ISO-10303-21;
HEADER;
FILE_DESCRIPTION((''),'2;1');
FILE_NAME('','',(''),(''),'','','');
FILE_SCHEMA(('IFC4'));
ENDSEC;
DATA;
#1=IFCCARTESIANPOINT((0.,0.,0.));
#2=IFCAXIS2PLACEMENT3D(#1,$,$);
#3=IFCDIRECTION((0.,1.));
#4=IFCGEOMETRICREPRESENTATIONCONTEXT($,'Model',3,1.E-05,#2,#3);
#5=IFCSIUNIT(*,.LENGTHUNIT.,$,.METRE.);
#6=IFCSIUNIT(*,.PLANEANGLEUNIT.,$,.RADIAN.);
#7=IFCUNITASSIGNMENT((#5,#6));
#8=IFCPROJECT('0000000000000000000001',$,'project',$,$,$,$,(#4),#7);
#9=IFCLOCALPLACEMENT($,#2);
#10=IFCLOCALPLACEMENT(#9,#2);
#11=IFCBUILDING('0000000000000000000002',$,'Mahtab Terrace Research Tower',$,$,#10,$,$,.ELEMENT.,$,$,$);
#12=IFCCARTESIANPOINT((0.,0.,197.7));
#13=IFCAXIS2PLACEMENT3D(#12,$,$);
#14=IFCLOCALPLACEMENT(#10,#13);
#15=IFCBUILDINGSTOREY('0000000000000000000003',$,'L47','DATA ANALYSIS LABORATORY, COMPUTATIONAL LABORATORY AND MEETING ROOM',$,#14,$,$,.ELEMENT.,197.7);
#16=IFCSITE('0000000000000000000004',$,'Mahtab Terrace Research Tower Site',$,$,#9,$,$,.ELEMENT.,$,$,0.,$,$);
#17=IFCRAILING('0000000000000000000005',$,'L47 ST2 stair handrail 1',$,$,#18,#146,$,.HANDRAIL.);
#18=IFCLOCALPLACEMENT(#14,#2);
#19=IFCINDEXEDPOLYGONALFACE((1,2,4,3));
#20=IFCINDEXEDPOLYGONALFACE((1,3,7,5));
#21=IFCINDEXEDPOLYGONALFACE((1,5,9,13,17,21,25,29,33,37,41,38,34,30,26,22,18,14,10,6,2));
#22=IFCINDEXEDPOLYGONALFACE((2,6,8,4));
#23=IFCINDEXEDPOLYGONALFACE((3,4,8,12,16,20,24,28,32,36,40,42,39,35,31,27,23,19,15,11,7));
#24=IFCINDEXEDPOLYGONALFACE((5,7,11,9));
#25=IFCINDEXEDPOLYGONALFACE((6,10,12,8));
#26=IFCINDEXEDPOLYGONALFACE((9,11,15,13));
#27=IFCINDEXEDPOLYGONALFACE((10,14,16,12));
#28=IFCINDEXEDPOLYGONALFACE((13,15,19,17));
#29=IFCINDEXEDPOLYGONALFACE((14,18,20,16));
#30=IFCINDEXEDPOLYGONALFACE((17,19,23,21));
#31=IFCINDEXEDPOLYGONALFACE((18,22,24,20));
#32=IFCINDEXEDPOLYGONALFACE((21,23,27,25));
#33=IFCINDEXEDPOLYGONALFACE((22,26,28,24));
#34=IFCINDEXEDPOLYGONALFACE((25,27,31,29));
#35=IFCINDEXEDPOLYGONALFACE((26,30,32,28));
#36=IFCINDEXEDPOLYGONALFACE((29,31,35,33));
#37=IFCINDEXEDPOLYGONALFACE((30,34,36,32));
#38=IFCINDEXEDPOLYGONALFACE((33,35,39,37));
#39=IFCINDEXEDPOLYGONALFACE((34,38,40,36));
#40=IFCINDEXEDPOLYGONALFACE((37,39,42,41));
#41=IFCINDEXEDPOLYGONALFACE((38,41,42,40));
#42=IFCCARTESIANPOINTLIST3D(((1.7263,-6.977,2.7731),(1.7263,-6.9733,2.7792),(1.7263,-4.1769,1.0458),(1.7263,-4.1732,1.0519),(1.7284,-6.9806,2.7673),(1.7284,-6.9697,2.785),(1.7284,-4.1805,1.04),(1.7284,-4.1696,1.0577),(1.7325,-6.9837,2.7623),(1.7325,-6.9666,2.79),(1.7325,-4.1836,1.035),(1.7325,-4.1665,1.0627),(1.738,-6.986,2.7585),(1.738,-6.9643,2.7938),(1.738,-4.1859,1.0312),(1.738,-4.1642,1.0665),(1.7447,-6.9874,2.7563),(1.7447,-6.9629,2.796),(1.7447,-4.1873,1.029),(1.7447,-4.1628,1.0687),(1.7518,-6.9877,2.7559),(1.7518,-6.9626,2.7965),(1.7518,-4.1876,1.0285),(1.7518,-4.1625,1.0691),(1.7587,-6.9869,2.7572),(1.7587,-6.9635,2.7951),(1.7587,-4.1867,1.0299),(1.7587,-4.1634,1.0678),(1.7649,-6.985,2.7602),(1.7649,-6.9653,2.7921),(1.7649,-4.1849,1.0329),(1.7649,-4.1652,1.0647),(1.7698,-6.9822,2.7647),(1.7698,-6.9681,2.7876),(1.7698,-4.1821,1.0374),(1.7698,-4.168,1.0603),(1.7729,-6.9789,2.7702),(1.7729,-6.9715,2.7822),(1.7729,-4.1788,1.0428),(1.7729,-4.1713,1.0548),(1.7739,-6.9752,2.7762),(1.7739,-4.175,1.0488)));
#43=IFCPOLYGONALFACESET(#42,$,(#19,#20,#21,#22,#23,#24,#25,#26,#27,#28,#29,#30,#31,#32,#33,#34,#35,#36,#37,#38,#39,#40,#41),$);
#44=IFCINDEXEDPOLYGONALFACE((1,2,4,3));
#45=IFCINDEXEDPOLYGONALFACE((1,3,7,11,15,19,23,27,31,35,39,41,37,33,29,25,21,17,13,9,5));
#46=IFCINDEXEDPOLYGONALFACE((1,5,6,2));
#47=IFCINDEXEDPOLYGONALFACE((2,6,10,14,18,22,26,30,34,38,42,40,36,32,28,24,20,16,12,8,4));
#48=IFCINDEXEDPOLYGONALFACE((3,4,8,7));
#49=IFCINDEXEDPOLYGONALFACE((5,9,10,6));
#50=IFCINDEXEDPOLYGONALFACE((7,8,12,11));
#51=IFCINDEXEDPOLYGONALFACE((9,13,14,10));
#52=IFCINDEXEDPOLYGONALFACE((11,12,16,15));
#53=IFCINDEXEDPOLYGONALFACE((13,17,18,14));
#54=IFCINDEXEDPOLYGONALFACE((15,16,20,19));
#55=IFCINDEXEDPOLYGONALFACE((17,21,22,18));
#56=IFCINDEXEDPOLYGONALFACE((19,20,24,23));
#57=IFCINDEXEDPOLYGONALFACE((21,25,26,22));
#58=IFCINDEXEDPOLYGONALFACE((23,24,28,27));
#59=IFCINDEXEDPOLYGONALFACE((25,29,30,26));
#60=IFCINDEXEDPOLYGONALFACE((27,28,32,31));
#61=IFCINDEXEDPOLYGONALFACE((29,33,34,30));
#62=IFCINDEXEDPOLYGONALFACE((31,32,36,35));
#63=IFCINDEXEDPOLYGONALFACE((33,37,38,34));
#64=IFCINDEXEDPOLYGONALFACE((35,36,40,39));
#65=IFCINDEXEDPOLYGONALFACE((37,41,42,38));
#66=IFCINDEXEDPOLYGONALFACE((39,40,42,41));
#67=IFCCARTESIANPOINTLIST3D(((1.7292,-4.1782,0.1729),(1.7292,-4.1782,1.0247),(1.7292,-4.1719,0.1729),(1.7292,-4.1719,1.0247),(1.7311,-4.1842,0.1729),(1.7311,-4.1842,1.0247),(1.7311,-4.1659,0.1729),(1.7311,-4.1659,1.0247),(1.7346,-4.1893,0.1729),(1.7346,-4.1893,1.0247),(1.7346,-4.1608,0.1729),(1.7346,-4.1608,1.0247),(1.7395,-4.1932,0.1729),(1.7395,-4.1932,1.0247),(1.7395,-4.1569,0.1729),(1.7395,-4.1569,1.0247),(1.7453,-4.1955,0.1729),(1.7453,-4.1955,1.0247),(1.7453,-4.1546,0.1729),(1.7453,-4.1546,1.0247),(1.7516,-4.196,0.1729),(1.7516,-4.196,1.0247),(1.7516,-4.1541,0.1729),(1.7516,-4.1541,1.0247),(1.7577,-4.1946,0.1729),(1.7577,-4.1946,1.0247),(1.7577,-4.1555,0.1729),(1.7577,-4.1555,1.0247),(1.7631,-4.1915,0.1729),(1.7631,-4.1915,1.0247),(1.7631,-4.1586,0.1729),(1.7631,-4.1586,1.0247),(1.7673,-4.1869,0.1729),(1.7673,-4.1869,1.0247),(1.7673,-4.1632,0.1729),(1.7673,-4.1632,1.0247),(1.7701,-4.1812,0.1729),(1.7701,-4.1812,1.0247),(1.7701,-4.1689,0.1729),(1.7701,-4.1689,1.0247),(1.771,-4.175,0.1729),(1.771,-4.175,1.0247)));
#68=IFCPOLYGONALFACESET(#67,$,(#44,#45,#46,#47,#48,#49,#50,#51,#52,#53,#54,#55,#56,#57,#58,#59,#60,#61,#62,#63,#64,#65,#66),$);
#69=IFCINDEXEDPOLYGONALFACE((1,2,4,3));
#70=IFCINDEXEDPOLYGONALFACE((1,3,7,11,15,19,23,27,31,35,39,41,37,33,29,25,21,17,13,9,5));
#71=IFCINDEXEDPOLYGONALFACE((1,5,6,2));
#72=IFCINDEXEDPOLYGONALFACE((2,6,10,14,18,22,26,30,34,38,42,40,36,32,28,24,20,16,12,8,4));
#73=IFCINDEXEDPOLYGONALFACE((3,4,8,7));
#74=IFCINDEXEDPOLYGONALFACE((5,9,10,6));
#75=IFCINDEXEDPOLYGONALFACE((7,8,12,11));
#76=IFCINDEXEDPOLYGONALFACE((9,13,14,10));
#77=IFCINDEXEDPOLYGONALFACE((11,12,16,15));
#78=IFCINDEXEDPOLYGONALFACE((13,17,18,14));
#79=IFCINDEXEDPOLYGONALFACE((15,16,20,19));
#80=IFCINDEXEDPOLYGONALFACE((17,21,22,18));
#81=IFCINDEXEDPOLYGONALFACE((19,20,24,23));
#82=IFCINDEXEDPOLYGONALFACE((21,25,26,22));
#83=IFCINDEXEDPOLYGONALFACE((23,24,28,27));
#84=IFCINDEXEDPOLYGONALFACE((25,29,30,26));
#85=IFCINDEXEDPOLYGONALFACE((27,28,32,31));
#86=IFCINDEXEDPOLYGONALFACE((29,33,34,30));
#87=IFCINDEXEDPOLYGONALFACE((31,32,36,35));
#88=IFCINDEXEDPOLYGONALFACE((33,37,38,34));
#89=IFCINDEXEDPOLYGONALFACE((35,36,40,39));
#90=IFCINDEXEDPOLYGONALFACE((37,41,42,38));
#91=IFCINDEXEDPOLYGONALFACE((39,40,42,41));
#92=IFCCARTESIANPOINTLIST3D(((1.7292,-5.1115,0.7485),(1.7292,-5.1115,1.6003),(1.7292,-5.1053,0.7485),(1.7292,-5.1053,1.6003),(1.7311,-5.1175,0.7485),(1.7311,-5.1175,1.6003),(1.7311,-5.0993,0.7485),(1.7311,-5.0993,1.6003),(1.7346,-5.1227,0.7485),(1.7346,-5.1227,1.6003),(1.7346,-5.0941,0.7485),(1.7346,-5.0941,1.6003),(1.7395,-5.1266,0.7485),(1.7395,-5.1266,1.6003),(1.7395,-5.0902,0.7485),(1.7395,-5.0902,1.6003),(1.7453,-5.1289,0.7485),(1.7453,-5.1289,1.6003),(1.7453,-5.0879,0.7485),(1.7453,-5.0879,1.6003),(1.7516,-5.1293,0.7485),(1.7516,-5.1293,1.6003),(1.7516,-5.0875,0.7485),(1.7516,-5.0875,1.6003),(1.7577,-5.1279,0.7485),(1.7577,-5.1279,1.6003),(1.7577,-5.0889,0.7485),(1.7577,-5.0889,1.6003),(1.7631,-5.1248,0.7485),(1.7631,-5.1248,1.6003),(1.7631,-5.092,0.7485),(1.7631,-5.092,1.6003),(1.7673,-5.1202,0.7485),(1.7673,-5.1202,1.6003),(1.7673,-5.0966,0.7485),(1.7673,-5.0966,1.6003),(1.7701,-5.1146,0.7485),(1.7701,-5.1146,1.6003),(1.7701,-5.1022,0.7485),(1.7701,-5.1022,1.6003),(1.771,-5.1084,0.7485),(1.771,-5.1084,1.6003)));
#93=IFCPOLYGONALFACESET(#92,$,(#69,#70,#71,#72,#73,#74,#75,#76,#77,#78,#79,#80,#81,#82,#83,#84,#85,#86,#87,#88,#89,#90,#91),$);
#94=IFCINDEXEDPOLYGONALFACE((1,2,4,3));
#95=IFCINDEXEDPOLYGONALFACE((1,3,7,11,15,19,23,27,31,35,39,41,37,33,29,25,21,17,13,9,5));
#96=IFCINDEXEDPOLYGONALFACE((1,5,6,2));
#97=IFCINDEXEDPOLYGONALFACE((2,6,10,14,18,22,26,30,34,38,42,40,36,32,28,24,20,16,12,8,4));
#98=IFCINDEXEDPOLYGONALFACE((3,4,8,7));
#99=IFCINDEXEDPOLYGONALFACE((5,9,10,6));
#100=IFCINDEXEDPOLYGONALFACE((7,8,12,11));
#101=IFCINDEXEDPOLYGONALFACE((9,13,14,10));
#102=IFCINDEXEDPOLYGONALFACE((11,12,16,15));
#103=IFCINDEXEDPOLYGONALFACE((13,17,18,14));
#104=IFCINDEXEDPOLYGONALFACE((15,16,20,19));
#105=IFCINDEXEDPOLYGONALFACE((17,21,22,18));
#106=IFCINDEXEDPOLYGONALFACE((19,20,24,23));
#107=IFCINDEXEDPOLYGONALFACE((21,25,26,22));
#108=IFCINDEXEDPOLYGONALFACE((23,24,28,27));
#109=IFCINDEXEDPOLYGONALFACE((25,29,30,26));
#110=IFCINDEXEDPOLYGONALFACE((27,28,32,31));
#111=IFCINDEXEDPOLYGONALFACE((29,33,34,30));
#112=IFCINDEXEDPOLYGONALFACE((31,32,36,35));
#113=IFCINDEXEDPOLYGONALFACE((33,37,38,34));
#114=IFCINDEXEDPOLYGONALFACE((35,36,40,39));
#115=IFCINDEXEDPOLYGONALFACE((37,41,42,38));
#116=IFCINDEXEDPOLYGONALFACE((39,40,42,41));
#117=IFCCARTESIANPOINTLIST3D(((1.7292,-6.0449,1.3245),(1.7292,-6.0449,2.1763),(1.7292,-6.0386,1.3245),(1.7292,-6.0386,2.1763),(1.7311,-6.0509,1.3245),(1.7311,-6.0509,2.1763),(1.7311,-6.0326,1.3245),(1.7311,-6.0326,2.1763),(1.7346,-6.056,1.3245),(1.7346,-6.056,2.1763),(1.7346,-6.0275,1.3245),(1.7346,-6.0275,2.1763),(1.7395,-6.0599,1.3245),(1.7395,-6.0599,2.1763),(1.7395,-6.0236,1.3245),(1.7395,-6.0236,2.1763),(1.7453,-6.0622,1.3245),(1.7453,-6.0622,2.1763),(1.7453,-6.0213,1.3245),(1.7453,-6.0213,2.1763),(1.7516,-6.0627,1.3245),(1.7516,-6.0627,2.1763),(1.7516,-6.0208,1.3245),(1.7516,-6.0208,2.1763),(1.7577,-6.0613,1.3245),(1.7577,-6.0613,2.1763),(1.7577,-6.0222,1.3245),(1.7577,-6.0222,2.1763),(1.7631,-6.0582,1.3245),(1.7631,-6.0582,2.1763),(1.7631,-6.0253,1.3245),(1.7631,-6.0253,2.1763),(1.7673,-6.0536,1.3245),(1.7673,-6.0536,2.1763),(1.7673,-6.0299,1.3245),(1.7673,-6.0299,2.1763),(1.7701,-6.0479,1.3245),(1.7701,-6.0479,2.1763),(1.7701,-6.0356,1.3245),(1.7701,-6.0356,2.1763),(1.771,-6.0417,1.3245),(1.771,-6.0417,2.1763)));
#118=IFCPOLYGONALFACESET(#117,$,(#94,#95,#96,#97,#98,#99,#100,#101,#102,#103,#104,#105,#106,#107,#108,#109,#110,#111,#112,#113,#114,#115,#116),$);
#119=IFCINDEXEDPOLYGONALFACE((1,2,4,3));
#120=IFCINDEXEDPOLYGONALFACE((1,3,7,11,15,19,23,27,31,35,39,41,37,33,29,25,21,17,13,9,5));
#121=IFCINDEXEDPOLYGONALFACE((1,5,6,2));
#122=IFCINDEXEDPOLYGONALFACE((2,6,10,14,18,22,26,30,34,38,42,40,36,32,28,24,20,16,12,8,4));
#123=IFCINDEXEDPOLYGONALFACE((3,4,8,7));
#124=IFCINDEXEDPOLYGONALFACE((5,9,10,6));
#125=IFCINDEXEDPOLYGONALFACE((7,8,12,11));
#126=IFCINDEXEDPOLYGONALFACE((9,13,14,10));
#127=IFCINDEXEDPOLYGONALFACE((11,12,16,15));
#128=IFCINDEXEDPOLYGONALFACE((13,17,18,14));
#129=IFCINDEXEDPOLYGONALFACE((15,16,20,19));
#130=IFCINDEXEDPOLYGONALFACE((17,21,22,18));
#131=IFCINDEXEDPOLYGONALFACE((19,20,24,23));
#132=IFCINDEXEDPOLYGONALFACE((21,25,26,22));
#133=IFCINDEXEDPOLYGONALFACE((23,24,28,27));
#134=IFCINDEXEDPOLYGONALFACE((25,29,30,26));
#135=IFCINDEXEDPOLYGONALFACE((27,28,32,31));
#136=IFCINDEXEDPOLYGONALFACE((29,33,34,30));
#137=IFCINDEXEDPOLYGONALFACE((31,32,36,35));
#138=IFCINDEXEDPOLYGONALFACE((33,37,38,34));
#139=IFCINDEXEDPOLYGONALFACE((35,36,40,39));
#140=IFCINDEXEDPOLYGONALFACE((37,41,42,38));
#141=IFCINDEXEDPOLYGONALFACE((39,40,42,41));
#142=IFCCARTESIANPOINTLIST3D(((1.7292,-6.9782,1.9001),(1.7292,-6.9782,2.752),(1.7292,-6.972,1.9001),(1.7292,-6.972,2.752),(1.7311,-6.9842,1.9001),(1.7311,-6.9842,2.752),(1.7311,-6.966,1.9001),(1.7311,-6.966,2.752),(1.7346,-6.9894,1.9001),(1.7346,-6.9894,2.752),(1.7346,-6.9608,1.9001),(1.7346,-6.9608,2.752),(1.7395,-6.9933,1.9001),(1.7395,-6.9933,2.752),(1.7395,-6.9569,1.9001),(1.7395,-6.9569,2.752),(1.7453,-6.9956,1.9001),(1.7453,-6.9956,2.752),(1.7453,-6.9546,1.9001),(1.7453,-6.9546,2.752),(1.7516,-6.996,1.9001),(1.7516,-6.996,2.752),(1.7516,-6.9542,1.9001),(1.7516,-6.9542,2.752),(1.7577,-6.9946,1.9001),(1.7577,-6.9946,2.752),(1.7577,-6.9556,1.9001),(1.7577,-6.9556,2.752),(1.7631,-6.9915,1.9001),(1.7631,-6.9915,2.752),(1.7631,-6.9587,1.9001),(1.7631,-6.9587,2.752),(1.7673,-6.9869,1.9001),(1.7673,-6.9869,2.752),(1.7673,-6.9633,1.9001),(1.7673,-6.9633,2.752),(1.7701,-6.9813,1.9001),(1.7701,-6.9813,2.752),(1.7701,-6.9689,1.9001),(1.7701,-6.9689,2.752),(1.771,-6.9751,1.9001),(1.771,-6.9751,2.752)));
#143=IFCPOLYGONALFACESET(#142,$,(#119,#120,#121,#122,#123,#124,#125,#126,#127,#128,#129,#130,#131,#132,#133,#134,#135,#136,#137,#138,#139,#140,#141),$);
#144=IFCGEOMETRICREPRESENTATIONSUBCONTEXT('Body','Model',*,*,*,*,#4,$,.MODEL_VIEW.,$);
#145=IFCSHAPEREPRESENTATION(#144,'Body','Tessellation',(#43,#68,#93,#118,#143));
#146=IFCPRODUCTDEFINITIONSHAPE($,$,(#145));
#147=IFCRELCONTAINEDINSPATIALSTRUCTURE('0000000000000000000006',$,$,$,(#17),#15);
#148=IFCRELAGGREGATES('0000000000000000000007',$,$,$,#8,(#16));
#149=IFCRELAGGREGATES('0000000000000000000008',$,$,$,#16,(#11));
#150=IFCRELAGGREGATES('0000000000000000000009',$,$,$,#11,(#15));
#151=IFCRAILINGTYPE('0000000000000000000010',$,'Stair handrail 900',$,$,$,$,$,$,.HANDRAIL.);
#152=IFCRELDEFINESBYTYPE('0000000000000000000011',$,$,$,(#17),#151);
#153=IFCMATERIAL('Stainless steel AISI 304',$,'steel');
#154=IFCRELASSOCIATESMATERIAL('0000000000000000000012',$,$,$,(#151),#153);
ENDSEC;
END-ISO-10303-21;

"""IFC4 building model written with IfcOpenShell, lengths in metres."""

from ifc_helpers import new_model, si_unit, direction, frame, origin, origin_2d, place, context, subcontext, project, spatial, circle, extrude, material, type_object, element, save


model = new_model("IFC4")

# Units and contexts
model_context = context("Model", 3, precision=1e-05, world=origin(), true_north=direction((0.0, 1.0)))
body_context = subcontext(model_context, "Body", "Model", "MODEL_VIEW")
ifc_project = project(units=[si_unit("LENGTHUNIT", "METRE"), si_unit("PLANEANGLEUNIT", "RADIAN")], contexts=[model_context])

# Site, building, storey
site_placement = place(None, origin())
site = spatial("IfcSite", under=ifc_project, at=site_placement, Name="Mahtab Terrace Research Tower Site", CompositionType="ELEMENT", RefElevation=0.0)
building_placement = place(site_placement, origin())
building = spatial("IfcBuilding", under=site, at=building_placement, Name="Mahtab Terrace Research Tower", CompositionType="ELEMENT")
storey_placement = place(building_placement, frame((0.0, 0.0, 197.7)))
storey = spatial("IfcBuildingStorey", under=building, at=storey_placement, Name="L47", Description="DATA ANALYSIS LABORATORY, COMPUTATIONAL LABORATORY AND MEETING ROOM", CompositionType="ELEMENT", Elevation=197.7)

# Railing
ifc_material_1 = material(Name="Stainless steel AISI 304", Category="steel")
railing_type_1 = type_object("IfcRailingType", Name="Stair handrail 900", PredefinedType="HANDRAIL", material=ifc_material_1)
railing_1_placement = place(storey_placement, frame((1.75, -4.175, 0.1729)))
element("IfcRailing", 1, at=railing_1_placement, inside=storey, type_object=railing_type_1, Name="L47 ST2 stair handrail 1", PredefinedType="HANDRAIL", context=body_context, shape_type="SweptSolid", body=[
    extrude(circle(Radius=0.0239, at=origin_2d()), frame((0.0, 0.0, 0.876), z_axis=(0.0, -0.85109, 0.52502), x_axis=(1.0, 0.0, 0.0)), (0.0, 0.0, 1.0), 3.29),
    extrude(circle(Radius=0.021, at=origin_2d()), origin(), (0.0, 0.0, 1.0), 0.8518),
    extrude(circle(Radius=0.021, at=origin_2d()), frame((0.0, -0.9333, 0.5757)), (0.0, 0.0, 1.0), 0.8518),
    extrude(circle(Radius=0.021, at=origin_2d()), frame((0.0, -1.8667, 1.1516)), (0.0, 0.0, 1.0), 0.8518),
    extrude(circle(Radius=0.021, at=origin_2d()), frame((0.0, -2.8, 1.7273)), (0.0, 0.0, 1.0), 0.8518),
])

save(model, "model.ifc")
